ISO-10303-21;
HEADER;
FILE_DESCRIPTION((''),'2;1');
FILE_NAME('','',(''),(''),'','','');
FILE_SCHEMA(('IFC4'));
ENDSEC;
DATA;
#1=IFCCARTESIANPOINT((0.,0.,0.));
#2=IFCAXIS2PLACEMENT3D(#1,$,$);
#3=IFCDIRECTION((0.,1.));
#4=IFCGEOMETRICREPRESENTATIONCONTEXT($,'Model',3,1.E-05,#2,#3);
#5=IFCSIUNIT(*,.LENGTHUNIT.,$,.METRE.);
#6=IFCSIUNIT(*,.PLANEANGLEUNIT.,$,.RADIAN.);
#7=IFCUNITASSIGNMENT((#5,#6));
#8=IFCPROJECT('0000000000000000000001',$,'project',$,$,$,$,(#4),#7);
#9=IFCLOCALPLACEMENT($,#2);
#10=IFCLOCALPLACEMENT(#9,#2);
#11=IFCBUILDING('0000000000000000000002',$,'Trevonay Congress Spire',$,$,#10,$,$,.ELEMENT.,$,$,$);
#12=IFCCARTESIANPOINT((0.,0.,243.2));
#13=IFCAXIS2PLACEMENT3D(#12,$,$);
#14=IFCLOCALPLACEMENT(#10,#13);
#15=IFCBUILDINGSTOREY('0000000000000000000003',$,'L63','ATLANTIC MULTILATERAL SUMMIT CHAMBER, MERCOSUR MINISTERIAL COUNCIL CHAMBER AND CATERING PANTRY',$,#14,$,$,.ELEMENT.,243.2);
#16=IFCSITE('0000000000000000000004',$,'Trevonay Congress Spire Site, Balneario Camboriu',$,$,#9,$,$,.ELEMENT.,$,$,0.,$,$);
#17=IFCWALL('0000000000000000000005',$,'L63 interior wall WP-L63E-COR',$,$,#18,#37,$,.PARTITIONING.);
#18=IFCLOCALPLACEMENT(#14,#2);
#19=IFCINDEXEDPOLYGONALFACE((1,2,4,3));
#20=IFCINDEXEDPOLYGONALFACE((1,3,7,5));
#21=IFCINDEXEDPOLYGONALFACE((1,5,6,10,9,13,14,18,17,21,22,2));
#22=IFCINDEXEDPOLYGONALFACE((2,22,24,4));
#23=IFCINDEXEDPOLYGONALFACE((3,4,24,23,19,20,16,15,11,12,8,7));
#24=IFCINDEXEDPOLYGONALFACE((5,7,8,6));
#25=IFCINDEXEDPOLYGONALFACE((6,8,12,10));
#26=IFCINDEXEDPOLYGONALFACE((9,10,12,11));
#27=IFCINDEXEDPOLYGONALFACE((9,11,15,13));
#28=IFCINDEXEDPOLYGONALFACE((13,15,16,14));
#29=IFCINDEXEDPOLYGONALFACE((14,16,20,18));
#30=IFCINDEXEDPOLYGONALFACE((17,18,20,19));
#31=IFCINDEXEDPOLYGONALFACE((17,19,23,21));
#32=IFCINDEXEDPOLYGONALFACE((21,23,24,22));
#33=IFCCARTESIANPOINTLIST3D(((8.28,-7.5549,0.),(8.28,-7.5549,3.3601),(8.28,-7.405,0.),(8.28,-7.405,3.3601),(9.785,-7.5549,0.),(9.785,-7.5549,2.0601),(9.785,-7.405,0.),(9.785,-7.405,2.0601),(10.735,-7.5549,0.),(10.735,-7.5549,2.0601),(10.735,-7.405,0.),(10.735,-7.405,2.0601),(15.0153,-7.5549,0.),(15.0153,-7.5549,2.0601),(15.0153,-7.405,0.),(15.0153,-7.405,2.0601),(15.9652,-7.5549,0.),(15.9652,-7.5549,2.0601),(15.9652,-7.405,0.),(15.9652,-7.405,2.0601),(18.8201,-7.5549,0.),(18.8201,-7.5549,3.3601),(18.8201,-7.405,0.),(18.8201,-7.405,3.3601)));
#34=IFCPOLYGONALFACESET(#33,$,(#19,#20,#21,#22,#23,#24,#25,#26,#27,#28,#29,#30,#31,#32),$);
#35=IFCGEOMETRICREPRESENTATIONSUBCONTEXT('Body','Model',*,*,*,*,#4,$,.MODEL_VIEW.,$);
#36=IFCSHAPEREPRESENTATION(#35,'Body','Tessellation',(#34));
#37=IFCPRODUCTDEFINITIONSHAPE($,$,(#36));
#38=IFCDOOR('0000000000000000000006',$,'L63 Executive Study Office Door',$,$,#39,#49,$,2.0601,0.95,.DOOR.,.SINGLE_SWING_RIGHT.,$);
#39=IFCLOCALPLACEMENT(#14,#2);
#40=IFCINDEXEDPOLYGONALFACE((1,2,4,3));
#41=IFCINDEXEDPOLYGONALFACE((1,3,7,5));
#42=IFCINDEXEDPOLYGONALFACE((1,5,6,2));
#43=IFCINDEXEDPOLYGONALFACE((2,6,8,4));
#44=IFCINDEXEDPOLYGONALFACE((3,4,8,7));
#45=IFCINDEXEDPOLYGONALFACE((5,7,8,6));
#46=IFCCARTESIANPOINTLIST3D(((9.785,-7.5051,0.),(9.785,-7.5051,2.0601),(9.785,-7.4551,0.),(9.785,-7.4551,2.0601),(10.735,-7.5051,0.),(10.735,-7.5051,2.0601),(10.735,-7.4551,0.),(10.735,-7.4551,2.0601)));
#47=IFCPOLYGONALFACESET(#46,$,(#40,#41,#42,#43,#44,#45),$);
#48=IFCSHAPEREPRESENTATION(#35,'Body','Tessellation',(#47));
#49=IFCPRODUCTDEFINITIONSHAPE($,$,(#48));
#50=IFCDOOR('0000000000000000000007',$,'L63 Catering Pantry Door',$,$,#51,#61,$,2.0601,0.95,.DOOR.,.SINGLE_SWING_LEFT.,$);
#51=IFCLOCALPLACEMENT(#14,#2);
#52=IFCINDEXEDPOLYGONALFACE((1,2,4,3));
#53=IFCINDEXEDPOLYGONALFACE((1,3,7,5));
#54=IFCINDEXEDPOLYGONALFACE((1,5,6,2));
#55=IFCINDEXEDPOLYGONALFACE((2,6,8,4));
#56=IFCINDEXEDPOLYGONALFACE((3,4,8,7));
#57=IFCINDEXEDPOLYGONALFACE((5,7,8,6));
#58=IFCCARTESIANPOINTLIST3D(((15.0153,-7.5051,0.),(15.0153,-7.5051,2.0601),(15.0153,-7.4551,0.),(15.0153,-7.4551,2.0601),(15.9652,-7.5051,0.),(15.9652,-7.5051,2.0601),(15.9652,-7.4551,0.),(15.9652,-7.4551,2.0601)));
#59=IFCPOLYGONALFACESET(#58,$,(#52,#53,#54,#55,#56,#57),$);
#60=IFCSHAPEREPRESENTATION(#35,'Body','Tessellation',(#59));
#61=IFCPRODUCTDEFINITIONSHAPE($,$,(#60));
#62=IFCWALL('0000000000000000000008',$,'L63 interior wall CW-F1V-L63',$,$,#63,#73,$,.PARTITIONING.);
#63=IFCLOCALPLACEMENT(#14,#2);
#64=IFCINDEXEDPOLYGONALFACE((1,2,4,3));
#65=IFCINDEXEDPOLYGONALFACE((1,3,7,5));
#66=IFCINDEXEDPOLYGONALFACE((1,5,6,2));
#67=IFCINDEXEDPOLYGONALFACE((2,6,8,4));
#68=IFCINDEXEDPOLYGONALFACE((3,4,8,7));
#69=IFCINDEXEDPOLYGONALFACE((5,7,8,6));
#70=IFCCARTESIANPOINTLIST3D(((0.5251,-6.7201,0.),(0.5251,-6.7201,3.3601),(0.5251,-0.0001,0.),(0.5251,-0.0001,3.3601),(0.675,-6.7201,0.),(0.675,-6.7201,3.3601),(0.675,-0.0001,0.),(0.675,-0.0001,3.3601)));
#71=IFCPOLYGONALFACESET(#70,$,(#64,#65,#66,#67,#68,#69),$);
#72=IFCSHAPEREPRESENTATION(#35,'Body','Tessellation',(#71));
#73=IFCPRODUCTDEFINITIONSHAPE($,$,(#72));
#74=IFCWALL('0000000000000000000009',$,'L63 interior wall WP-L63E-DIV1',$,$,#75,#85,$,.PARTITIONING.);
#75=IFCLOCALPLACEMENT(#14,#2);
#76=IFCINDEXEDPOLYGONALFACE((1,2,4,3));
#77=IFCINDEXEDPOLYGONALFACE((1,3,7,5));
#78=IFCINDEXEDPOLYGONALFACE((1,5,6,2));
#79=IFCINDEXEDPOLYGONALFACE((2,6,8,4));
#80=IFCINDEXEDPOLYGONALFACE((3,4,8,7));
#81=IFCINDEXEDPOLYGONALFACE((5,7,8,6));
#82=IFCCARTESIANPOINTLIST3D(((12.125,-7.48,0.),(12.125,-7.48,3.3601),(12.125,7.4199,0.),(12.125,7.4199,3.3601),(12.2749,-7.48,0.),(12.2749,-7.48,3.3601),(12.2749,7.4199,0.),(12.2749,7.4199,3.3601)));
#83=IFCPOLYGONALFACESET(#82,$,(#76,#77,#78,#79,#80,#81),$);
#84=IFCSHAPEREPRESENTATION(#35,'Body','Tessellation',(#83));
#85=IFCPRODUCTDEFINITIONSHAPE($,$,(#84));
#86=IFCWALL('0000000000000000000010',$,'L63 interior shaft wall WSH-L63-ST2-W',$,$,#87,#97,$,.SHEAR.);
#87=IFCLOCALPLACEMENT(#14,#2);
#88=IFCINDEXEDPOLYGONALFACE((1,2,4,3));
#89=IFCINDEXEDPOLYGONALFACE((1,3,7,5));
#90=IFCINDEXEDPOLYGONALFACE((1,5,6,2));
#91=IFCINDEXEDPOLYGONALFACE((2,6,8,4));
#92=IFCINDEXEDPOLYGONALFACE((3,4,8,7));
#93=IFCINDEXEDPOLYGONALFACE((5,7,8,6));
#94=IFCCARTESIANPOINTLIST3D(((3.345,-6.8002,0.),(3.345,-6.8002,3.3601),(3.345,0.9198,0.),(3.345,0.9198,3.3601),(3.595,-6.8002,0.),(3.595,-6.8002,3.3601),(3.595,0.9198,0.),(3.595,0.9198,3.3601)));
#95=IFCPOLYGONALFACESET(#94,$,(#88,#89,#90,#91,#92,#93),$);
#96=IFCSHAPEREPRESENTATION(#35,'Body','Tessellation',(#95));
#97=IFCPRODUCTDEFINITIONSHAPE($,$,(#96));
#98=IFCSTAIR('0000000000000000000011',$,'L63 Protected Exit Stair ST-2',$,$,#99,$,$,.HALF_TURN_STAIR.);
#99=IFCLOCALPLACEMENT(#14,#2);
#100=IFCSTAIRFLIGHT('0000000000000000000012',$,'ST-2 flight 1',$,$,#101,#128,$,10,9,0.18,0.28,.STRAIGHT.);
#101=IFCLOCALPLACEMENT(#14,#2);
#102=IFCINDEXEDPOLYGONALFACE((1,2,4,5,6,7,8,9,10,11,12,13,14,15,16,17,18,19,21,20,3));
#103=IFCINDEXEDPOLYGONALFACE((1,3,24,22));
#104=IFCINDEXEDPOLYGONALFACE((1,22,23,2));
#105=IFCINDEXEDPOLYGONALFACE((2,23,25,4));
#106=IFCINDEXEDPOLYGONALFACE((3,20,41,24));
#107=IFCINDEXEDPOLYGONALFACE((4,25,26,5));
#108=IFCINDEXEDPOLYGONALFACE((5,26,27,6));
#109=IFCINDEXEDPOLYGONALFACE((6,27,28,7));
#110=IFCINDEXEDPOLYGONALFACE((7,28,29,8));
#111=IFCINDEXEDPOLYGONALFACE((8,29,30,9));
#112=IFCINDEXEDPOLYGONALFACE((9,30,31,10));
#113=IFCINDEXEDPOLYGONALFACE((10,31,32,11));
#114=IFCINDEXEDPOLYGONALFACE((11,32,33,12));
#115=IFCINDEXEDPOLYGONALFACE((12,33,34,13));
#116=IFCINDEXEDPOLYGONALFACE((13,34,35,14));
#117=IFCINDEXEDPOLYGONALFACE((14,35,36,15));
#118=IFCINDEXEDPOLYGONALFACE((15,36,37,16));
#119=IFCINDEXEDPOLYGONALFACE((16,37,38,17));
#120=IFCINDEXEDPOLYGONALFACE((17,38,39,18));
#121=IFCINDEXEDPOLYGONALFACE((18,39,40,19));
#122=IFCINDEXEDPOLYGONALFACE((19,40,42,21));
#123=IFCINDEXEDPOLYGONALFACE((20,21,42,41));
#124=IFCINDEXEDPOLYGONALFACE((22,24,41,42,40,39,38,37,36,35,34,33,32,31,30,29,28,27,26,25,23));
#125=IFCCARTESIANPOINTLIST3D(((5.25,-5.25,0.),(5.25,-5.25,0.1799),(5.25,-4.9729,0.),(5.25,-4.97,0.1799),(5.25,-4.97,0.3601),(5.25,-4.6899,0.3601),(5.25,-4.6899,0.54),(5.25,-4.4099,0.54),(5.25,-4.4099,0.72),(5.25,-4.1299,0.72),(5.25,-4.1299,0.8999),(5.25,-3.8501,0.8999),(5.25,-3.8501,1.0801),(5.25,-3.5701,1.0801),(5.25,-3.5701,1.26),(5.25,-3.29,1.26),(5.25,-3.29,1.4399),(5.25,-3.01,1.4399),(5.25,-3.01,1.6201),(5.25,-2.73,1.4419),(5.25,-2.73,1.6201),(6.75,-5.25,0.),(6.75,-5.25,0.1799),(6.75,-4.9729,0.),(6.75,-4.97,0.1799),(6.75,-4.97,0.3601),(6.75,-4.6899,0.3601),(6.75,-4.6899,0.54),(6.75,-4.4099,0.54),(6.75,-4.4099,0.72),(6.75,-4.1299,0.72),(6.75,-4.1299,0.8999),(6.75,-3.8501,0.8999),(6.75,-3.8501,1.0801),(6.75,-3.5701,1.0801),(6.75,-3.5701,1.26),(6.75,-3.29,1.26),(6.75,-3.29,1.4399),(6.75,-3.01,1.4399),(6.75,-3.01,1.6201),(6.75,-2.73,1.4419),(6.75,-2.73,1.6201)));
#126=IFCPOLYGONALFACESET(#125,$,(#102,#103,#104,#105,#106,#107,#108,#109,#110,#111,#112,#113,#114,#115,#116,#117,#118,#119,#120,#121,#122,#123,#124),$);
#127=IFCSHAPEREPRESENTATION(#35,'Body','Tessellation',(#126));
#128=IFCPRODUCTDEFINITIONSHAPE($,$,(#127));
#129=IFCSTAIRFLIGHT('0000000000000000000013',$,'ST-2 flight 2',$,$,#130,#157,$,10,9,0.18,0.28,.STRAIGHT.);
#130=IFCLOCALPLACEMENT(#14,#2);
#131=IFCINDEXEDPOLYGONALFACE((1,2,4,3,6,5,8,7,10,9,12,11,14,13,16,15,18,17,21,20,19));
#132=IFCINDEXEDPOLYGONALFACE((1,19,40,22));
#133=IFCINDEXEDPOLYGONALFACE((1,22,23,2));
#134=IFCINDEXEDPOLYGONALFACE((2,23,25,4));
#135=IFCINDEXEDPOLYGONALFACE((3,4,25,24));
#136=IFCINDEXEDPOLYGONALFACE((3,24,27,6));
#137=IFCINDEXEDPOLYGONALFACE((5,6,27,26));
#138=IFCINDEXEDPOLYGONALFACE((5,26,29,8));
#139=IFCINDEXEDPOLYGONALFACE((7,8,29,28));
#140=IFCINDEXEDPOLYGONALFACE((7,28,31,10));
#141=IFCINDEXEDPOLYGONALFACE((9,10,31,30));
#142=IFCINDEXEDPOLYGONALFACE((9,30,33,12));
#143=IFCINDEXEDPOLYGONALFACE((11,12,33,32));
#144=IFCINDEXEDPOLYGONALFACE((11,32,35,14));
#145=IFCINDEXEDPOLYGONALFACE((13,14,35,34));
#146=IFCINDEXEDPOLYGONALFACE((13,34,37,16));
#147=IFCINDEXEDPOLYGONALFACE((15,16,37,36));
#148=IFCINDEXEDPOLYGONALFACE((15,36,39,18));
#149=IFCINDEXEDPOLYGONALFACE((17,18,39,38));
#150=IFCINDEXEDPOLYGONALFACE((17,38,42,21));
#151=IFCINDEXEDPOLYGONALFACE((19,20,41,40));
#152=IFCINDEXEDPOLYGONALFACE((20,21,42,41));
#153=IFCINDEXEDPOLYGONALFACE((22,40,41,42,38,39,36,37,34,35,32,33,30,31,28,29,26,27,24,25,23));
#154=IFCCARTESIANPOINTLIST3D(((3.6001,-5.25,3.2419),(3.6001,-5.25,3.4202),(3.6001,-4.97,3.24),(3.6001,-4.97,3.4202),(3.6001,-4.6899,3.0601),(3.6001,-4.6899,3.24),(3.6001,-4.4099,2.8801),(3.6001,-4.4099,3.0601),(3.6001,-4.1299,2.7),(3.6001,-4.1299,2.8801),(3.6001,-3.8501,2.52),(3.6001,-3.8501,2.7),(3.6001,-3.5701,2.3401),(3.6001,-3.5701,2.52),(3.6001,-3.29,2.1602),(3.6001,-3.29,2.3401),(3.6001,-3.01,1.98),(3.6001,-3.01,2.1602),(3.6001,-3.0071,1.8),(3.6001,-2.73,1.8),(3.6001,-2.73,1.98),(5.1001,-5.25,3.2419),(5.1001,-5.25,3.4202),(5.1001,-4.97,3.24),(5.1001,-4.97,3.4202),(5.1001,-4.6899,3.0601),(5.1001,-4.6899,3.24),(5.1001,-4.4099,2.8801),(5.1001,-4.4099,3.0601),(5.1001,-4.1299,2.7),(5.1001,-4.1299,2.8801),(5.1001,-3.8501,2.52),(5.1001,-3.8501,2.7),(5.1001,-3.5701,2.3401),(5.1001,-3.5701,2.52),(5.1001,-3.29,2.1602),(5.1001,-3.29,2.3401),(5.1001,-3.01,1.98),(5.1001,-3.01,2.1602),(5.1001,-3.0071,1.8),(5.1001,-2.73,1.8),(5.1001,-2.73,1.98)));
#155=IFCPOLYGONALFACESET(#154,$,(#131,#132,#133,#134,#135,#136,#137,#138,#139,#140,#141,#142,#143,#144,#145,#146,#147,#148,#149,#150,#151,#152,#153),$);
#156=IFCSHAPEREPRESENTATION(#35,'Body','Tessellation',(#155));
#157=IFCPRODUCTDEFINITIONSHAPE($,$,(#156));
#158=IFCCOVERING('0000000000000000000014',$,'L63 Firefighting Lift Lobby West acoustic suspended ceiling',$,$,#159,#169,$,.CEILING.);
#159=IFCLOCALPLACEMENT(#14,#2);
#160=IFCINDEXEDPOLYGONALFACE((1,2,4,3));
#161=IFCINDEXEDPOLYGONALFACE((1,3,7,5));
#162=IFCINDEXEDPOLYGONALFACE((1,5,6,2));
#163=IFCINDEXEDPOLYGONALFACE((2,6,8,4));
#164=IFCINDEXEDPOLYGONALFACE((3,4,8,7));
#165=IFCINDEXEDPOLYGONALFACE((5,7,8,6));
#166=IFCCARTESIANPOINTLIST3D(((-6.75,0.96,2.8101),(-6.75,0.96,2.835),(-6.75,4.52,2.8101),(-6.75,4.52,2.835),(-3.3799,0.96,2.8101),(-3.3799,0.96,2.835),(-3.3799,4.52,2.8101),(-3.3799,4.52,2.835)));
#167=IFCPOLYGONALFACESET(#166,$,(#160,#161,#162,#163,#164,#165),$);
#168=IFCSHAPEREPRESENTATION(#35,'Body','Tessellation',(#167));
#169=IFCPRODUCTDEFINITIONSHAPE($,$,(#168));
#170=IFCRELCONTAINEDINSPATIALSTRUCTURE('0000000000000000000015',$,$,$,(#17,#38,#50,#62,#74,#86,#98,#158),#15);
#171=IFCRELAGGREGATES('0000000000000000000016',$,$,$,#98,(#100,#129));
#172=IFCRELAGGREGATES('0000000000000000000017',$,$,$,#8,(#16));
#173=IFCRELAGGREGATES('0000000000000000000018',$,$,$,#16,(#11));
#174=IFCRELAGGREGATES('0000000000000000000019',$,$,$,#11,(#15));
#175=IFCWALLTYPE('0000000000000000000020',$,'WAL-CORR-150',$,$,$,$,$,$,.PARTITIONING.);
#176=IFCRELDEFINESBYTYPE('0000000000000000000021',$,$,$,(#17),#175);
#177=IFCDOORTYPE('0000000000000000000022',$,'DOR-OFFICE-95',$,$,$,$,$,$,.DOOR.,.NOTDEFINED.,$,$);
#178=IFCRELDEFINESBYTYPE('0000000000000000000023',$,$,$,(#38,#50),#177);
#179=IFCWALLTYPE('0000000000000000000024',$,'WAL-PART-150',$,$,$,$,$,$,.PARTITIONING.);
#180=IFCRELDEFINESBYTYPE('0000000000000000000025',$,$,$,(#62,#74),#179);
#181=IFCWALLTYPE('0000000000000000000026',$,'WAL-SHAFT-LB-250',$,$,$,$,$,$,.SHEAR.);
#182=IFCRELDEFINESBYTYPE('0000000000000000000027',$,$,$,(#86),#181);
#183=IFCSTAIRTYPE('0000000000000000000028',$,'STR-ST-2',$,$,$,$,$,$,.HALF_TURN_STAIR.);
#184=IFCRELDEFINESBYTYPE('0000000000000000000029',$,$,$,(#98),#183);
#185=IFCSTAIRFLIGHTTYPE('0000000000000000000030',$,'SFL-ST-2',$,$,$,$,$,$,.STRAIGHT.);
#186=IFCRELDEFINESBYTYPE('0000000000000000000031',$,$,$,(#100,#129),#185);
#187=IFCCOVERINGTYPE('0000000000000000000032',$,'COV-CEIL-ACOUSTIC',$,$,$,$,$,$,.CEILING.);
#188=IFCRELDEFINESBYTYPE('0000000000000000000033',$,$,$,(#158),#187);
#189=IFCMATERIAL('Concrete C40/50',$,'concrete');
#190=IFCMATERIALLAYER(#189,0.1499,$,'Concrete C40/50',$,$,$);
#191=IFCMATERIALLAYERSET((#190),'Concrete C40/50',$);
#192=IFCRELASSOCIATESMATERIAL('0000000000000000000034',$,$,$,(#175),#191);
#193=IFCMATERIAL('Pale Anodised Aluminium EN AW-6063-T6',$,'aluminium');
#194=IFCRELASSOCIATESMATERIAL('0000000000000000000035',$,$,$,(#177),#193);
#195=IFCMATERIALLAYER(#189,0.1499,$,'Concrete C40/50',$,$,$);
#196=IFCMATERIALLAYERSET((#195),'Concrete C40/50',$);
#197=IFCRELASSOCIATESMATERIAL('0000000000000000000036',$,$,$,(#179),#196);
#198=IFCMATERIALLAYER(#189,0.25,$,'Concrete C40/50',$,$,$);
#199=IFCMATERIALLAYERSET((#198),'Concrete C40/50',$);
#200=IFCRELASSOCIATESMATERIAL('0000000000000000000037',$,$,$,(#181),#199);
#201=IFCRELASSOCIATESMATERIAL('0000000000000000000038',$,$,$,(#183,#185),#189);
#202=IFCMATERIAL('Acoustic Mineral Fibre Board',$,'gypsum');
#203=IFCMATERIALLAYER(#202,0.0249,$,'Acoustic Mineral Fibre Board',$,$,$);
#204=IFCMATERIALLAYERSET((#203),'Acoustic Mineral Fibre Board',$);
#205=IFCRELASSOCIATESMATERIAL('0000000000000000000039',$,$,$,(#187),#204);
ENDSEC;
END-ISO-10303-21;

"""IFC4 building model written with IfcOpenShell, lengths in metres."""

from ifc_helpers import new_model, si_unit, direction, frame, frame_2d, origin, place, context, subcontext, project, spatial, polyline, rectangle, outline, extrude, material, layer, layer_set, type_object, element, fill, aggregate, save


model = new_model("IFC4")

# Units and contexts
model_context = context("Model", 3, precision=1e-05, world=origin(), true_north=direction((0.0, 1.0)))
body_context = subcontext(model_context, "Body", "Model", "MODEL_VIEW")
ifc_project = project(units=[si_unit("LENGTHUNIT", "METRE"), si_unit("PLANEANGLEUNIT", "RADIAN")], contexts=[model_context])

# Site, building, storey
site_placement = place(None, origin())
site = spatial("IfcSite", under=ifc_project, at=site_placement, Name="Trevonay Congress Spire Site, Balneario Camboriu", CompositionType="ELEMENT", RefElevation=0.0)
building_placement = place(site_placement, origin())
building = spatial("IfcBuilding", under=site, at=building_placement, Name="Trevonay Congress Spire", CompositionType="ELEMENT")
storey_placement = place(building_placement, frame((0.0, 0.0, 243.2)))
storey = spatial("IfcBuildingStorey", under=building, at=storey_placement, Name="L63", Description="ATLANTIC MULTILATERAL SUMMIT CHAMBER, MERCOSUR MINISTERIAL COUNCIL CHAMBER AND CATERING PANTRY", CompositionType="ELEMENT", Elevation=243.2)

# Shared definitions
ifc_material_1 = material(Name="Pale Anodised Aluminium EN AW-6063-T6", Category="aluminium")

# Shared definitions
ifc_material_2 = material(Name="Concrete C40/50", Category="concrete")
ifc_layer_1 = layer(ifc_material_2, 0.1499, Name="Concrete C40/50")
ifc_layer_set_1 = layer_set([ifc_layer_1], Name="Concrete C40/50")
wall_type_1 = type_object("IfcWallType", Name="WAL-CORR-150", PredefinedType="PARTITIONING", material=ifc_layer_set_1)

# Wall, openings, doors
wall_1_placement = place(storey_placement, frame((8.28, -7.48, 0.0), z_axis=(0.0, 0.0, 1.0), x_axis=(1.0, 0.0, 0.0)))
wall_1 = element("IfcWall", 1, at=wall_1_placement, inside=storey, type_object=wall_type_1, Name="L63 interior wall WP-L63E-COR", PredefinedType="PARTITIONING", context=body_context, shape_type="SweptSolid", body=[
    extrude(rectangle(XDim=10.54, YDim=0.1499, at=frame_2d((5.27, 0.0))), origin(), (0.0, 0.0, 1.0), 3.3601),
])
opening_1_placement = place(wall_1_placement, frame((1.5049, 0.0, 0.0)))
opening_1 = element("IfcOpeningElement", 2, at=opening_1_placement, cuts=wall_1, PredefinedType="OPENING", context=body_context, shape_type="SweptSolid", body=[
    extrude(rectangle(XDim=0.95, YDim=2.0601, at=frame_2d((0.4751, 1.03))), frame((0.0, 0.085, 0.0), z_axis=(0.0, -1.0, 0.0), x_axis=(1.0, 0.0, 0.0)), (0.0, 0.0, 1.0), 0.1699),
])
opening_2_placement = place(wall_1_placement, frame((6.7351, 0.0, 0.0)))
opening_2 = element("IfcOpeningElement", 3, at=opening_2_placement, cuts=wall_1, PredefinedType="OPENING", context=body_context, shape_type="SweptSolid", body=[
    extrude(rectangle(XDim=0.95, YDim=2.0601, at=frame_2d((0.4751, 1.03))), frame((0.0, 0.085, 0.0), z_axis=(0.0, -1.0, 0.0), x_axis=(1.0, 0.0, 0.0)), (0.0, 0.0, 1.0), 0.1699),
])
door_type = type_object("IfcDoorType", Name="DOR-OFFICE-95", OperationType="NOTDEFINED", PredefinedType="DOOR", material=ifc_material_1)
door_1_placement = place(opening_1_placement, origin())
door_1 = element("IfcDoor", 4, at=door_1_placement, inside=storey, type_object=door_type, Name="L63 Executive Study Office Door", OperationType="SINGLE_SWING_RIGHT", OverallHeight=2.0601, OverallWidth=0.95, PredefinedType="DOOR", context=body_context, shape_type="SweptSolid", body=[
    extrude(rectangle(XDim=0.95, YDim=2.0601, at=frame_2d((0.4751, 1.03))), frame((0.0, 0.0249, 0.0), z_axis=(0.0, -1.0, 0.0), x_axis=(1.0, 0.0, 0.0)), (0.0, 0.0, 1.0), 0.05),
])
fill(opening_1, door_1)
door_2_placement = place(opening_2_placement, origin())
door_2 = element("IfcDoor", 5, at=door_2_placement, inside=storey, type_object=door_type, Name="L63 Catering Pantry Door", OperationType="SINGLE_SWING_LEFT", OverallHeight=2.0601, OverallWidth=0.95, PredefinedType="DOOR", context=body_context, shape_type="SweptSolid", body=[
    extrude(rectangle(XDim=0.95, YDim=2.0601, at=frame_2d((0.4751, 1.03))), frame((0.0, 0.0249, 0.0), z_axis=(0.0, -1.0, 0.0), x_axis=(1.0, 0.0, 0.0)), (0.0, 0.0, 1.0), 0.05),
])
fill(opening_2, door_2)

# Walls
ifc_layer_2 = layer(ifc_material_2, 0.1499, Name="Concrete C40/50")
ifc_layer_set_2 = layer_set([ifc_layer_2], Name="Concrete C40/50")
wall_type_2 = type_object("IfcWallType", Name="WAL-PART-150", PredefinedType="PARTITIONING", material=ifc_layer_set_2)
wall_2_placement = place(storey_placement, frame((0.6001, -6.72, 0.0), z_axis=(0.0, 0.0, 1.0), x_axis=(0.0, 1.0, 0.0)))
element("IfcWall", 6, at=wall_2_placement, inside=storey, type_object=wall_type_2, Name="L63 interior wall CW-F1V-L63", PredefinedType="PARTITIONING", context=body_context, shape_type="SweptSolid", body=[
    extrude(rectangle(XDim=6.72, YDim=0.1499, at=frame_2d((3.3599, 0.0))), origin(), (0.0, 0.0, 1.0), 3.3601),
])
wall_3_placement = place(storey_placement, frame((12.2, -7.48, 0.0), z_axis=(0.0, 0.0, 1.0), x_axis=(0.0, 1.0, 0.0)))
element("IfcWall", 7, at=wall_3_placement, inside=storey, type_object=wall_type_2, Name="L63 interior wall WP-L63E-DIV1", PredefinedType="PARTITIONING", context=body_context, shape_type="SweptSolid", body=[
    extrude(rectangle(XDim=14.8999, YDim=0.1499, at=frame_2d((7.45, 0.0))), origin(), (0.0, 0.0, 1.0), 3.3601),
])
ifc_layer_3 = layer(ifc_material_2, 0.25, Name="Concrete C40/50")
ifc_layer_set_3 = layer_set([ifc_layer_3], Name="Concrete C40/50")
wall_type_3 = type_object("IfcWallType", Name="WAL-SHAFT-LB-250", PredefinedType="SHEAR", material=ifc_layer_set_3)
wall_4_placement = place(storey_placement, frame((3.47, -6.8, 0.0), z_axis=(0.0, 0.0, 1.0), x_axis=(0.0, 1.0, 0.0)))
element("IfcWall", 8, at=wall_4_placement, inside=storey, type_object=wall_type_3, Name="L63 interior shaft wall WSH-L63-ST2-W", PredefinedType="SHEAR", context=body_context, shape_type="SweptSolid", body=[
    extrude(rectangle(XDim=7.72, YDim=0.25, at=frame_2d((3.8599, 0.0))), origin(), (0.0, 0.0, 1.0), 3.3601),
])

# Stair, stair flights
stair_type = type_object("IfcStairType", Name="STR-ST-2", PredefinedType="HALF_TURN_STAIR", material=ifc_material_2)
stair_placement = place(storey_placement, origin())
stair = element("IfcStair", 9, at=stair_placement, inside=storey, type_object=stair_type, Name="L63 Protected Exit Stair ST-2", PredefinedType="HALF_TURN_STAIR")
stair_flight_type = type_object("IfcStairFlightType", Name="SFL-ST-2", PredefinedType="STRAIGHT", material=ifc_material_2)
stair_flight_1_placement = place(storey_placement, frame((6.0, -5.25, 0.0), z_axis=(0.0, 0.0, 1.0), x_axis=(0.0, 1.0, 0.0)))
stair_flight_1 = element("IfcStairFlight", 10, at=stair_flight_1_placement, type_object=stair_flight_type, Name="ST-2 flight 1", NumberOfRisers=10, NumberOfTreads=9, PredefinedType="STRAIGHT", RiserHeight=0.18, TreadLength=0.28, context=body_context, shape_type="SweptSolid", body=[
    extrude(outline(polyline([(0.0, 0.0), (0.0, 0.1799), (0.28, 0.1799), (0.28, 0.3601), (0.5601, 0.3601), (0.5601, 0.54), (0.8401, 0.54), (0.8401, 0.72), (1.1201, 0.72), (1.1201, 0.8999), (1.3999, 0.8999), (1.3999, 1.0801), (1.6799, 1.0801), (1.6799, 1.26), (1.96, 1.26), (1.96, 1.4399), (2.24, 1.4399), (2.24, 1.6201), (2.52, 1.6201), (2.52, 1.8), (2.52, 1.4419), (0.2771, 0.0), (0.0, 0.0)])), frame((0.0, 0.75, 0.0), z_axis=(0.0, -1.0, 0.0), x_axis=(1.0, 0.0, 0.0)), (0.0, 0.0, 1.0), 1.5),
])
stair_flight_2_placement = place(storey_placement, frame((4.3501, -2.73, 1.8), z_axis=(0.0, 0.0, 1.0), x_axis=(0.0, -1.0, 0.0)))
stair_flight_2 = element("IfcStairFlight", 11, at=stair_flight_2_placement, type_object=stair_flight_type, Name="ST-2 flight 2", NumberOfRisers=10, NumberOfTreads=9, PredefinedType="STRAIGHT", RiserHeight=0.18, TreadLength=0.28, context=body_context, shape_type="SweptSolid", body=[
    extrude(outline(polyline([(0.0, 0.0), (0.0, 0.1799), (0.28, 0.1799), (0.28, 0.3601), (0.5601, 0.3601), (0.5601, 0.54), (0.8401, 0.54), (0.8401, 0.72), (1.1201, 0.72), (1.1201, 0.8999), (1.3999, 0.8999), (1.3999, 1.0801), (1.6799, 1.0801), (1.6799, 1.26), (1.96, 1.26), (1.96, 1.4399), (2.24, 1.4399), (2.24, 1.6201), (2.52, 1.6201), (2.52, 1.8), (2.52, 1.4419), (0.2771, 0.0), (0.0, 0.0)])), frame((0.0, 0.75, 0.0), z_axis=(0.0, -1.0, 0.0), x_axis=(1.0, 0.0, 0.0)), (0.0, 0.0, 1.0), 1.5),
])
aggregate(stair, [stair_flight_1, stair_flight_2])

# Covering
ifc_material_3 = material(Name="Acoustic Mineral Fibre Board", Category="gypsum")
ifc_layer_4 = layer(ifc_material_3, 0.0249, Name="Acoustic Mineral Fibre Board")
ifc_layer_set_4 = layer_set([ifc_layer_4], Name="Acoustic Mineral Fibre Board")
covering_type_1 = type_object("IfcCoveringType", Name="COV-CEIL-ACOUSTIC", PredefinedType="CEILING", material=ifc_layer_set_4)
covering_1_placement = place(storey_placement, frame((0.0, 0.0, 2.8101)))
element("IfcCovering", 12, at=covering_1_placement, inside=storey, type_object=covering_type_1, Name="L63 Firefighting Lift Lobby West acoustic suspended ceiling", PredefinedType="CEILING", context=body_context, shape_type="SweptSolid", body=[
    extrude(outline(polyline([(-6.75, 0.96), (-3.3799, 0.96), (-3.3799, 4.52), (-6.75, 4.52), (-6.75, 0.96)])), origin(), (0.0, 0.0, 1.0), 0.0249),
])

save(model, "model.ifc")
